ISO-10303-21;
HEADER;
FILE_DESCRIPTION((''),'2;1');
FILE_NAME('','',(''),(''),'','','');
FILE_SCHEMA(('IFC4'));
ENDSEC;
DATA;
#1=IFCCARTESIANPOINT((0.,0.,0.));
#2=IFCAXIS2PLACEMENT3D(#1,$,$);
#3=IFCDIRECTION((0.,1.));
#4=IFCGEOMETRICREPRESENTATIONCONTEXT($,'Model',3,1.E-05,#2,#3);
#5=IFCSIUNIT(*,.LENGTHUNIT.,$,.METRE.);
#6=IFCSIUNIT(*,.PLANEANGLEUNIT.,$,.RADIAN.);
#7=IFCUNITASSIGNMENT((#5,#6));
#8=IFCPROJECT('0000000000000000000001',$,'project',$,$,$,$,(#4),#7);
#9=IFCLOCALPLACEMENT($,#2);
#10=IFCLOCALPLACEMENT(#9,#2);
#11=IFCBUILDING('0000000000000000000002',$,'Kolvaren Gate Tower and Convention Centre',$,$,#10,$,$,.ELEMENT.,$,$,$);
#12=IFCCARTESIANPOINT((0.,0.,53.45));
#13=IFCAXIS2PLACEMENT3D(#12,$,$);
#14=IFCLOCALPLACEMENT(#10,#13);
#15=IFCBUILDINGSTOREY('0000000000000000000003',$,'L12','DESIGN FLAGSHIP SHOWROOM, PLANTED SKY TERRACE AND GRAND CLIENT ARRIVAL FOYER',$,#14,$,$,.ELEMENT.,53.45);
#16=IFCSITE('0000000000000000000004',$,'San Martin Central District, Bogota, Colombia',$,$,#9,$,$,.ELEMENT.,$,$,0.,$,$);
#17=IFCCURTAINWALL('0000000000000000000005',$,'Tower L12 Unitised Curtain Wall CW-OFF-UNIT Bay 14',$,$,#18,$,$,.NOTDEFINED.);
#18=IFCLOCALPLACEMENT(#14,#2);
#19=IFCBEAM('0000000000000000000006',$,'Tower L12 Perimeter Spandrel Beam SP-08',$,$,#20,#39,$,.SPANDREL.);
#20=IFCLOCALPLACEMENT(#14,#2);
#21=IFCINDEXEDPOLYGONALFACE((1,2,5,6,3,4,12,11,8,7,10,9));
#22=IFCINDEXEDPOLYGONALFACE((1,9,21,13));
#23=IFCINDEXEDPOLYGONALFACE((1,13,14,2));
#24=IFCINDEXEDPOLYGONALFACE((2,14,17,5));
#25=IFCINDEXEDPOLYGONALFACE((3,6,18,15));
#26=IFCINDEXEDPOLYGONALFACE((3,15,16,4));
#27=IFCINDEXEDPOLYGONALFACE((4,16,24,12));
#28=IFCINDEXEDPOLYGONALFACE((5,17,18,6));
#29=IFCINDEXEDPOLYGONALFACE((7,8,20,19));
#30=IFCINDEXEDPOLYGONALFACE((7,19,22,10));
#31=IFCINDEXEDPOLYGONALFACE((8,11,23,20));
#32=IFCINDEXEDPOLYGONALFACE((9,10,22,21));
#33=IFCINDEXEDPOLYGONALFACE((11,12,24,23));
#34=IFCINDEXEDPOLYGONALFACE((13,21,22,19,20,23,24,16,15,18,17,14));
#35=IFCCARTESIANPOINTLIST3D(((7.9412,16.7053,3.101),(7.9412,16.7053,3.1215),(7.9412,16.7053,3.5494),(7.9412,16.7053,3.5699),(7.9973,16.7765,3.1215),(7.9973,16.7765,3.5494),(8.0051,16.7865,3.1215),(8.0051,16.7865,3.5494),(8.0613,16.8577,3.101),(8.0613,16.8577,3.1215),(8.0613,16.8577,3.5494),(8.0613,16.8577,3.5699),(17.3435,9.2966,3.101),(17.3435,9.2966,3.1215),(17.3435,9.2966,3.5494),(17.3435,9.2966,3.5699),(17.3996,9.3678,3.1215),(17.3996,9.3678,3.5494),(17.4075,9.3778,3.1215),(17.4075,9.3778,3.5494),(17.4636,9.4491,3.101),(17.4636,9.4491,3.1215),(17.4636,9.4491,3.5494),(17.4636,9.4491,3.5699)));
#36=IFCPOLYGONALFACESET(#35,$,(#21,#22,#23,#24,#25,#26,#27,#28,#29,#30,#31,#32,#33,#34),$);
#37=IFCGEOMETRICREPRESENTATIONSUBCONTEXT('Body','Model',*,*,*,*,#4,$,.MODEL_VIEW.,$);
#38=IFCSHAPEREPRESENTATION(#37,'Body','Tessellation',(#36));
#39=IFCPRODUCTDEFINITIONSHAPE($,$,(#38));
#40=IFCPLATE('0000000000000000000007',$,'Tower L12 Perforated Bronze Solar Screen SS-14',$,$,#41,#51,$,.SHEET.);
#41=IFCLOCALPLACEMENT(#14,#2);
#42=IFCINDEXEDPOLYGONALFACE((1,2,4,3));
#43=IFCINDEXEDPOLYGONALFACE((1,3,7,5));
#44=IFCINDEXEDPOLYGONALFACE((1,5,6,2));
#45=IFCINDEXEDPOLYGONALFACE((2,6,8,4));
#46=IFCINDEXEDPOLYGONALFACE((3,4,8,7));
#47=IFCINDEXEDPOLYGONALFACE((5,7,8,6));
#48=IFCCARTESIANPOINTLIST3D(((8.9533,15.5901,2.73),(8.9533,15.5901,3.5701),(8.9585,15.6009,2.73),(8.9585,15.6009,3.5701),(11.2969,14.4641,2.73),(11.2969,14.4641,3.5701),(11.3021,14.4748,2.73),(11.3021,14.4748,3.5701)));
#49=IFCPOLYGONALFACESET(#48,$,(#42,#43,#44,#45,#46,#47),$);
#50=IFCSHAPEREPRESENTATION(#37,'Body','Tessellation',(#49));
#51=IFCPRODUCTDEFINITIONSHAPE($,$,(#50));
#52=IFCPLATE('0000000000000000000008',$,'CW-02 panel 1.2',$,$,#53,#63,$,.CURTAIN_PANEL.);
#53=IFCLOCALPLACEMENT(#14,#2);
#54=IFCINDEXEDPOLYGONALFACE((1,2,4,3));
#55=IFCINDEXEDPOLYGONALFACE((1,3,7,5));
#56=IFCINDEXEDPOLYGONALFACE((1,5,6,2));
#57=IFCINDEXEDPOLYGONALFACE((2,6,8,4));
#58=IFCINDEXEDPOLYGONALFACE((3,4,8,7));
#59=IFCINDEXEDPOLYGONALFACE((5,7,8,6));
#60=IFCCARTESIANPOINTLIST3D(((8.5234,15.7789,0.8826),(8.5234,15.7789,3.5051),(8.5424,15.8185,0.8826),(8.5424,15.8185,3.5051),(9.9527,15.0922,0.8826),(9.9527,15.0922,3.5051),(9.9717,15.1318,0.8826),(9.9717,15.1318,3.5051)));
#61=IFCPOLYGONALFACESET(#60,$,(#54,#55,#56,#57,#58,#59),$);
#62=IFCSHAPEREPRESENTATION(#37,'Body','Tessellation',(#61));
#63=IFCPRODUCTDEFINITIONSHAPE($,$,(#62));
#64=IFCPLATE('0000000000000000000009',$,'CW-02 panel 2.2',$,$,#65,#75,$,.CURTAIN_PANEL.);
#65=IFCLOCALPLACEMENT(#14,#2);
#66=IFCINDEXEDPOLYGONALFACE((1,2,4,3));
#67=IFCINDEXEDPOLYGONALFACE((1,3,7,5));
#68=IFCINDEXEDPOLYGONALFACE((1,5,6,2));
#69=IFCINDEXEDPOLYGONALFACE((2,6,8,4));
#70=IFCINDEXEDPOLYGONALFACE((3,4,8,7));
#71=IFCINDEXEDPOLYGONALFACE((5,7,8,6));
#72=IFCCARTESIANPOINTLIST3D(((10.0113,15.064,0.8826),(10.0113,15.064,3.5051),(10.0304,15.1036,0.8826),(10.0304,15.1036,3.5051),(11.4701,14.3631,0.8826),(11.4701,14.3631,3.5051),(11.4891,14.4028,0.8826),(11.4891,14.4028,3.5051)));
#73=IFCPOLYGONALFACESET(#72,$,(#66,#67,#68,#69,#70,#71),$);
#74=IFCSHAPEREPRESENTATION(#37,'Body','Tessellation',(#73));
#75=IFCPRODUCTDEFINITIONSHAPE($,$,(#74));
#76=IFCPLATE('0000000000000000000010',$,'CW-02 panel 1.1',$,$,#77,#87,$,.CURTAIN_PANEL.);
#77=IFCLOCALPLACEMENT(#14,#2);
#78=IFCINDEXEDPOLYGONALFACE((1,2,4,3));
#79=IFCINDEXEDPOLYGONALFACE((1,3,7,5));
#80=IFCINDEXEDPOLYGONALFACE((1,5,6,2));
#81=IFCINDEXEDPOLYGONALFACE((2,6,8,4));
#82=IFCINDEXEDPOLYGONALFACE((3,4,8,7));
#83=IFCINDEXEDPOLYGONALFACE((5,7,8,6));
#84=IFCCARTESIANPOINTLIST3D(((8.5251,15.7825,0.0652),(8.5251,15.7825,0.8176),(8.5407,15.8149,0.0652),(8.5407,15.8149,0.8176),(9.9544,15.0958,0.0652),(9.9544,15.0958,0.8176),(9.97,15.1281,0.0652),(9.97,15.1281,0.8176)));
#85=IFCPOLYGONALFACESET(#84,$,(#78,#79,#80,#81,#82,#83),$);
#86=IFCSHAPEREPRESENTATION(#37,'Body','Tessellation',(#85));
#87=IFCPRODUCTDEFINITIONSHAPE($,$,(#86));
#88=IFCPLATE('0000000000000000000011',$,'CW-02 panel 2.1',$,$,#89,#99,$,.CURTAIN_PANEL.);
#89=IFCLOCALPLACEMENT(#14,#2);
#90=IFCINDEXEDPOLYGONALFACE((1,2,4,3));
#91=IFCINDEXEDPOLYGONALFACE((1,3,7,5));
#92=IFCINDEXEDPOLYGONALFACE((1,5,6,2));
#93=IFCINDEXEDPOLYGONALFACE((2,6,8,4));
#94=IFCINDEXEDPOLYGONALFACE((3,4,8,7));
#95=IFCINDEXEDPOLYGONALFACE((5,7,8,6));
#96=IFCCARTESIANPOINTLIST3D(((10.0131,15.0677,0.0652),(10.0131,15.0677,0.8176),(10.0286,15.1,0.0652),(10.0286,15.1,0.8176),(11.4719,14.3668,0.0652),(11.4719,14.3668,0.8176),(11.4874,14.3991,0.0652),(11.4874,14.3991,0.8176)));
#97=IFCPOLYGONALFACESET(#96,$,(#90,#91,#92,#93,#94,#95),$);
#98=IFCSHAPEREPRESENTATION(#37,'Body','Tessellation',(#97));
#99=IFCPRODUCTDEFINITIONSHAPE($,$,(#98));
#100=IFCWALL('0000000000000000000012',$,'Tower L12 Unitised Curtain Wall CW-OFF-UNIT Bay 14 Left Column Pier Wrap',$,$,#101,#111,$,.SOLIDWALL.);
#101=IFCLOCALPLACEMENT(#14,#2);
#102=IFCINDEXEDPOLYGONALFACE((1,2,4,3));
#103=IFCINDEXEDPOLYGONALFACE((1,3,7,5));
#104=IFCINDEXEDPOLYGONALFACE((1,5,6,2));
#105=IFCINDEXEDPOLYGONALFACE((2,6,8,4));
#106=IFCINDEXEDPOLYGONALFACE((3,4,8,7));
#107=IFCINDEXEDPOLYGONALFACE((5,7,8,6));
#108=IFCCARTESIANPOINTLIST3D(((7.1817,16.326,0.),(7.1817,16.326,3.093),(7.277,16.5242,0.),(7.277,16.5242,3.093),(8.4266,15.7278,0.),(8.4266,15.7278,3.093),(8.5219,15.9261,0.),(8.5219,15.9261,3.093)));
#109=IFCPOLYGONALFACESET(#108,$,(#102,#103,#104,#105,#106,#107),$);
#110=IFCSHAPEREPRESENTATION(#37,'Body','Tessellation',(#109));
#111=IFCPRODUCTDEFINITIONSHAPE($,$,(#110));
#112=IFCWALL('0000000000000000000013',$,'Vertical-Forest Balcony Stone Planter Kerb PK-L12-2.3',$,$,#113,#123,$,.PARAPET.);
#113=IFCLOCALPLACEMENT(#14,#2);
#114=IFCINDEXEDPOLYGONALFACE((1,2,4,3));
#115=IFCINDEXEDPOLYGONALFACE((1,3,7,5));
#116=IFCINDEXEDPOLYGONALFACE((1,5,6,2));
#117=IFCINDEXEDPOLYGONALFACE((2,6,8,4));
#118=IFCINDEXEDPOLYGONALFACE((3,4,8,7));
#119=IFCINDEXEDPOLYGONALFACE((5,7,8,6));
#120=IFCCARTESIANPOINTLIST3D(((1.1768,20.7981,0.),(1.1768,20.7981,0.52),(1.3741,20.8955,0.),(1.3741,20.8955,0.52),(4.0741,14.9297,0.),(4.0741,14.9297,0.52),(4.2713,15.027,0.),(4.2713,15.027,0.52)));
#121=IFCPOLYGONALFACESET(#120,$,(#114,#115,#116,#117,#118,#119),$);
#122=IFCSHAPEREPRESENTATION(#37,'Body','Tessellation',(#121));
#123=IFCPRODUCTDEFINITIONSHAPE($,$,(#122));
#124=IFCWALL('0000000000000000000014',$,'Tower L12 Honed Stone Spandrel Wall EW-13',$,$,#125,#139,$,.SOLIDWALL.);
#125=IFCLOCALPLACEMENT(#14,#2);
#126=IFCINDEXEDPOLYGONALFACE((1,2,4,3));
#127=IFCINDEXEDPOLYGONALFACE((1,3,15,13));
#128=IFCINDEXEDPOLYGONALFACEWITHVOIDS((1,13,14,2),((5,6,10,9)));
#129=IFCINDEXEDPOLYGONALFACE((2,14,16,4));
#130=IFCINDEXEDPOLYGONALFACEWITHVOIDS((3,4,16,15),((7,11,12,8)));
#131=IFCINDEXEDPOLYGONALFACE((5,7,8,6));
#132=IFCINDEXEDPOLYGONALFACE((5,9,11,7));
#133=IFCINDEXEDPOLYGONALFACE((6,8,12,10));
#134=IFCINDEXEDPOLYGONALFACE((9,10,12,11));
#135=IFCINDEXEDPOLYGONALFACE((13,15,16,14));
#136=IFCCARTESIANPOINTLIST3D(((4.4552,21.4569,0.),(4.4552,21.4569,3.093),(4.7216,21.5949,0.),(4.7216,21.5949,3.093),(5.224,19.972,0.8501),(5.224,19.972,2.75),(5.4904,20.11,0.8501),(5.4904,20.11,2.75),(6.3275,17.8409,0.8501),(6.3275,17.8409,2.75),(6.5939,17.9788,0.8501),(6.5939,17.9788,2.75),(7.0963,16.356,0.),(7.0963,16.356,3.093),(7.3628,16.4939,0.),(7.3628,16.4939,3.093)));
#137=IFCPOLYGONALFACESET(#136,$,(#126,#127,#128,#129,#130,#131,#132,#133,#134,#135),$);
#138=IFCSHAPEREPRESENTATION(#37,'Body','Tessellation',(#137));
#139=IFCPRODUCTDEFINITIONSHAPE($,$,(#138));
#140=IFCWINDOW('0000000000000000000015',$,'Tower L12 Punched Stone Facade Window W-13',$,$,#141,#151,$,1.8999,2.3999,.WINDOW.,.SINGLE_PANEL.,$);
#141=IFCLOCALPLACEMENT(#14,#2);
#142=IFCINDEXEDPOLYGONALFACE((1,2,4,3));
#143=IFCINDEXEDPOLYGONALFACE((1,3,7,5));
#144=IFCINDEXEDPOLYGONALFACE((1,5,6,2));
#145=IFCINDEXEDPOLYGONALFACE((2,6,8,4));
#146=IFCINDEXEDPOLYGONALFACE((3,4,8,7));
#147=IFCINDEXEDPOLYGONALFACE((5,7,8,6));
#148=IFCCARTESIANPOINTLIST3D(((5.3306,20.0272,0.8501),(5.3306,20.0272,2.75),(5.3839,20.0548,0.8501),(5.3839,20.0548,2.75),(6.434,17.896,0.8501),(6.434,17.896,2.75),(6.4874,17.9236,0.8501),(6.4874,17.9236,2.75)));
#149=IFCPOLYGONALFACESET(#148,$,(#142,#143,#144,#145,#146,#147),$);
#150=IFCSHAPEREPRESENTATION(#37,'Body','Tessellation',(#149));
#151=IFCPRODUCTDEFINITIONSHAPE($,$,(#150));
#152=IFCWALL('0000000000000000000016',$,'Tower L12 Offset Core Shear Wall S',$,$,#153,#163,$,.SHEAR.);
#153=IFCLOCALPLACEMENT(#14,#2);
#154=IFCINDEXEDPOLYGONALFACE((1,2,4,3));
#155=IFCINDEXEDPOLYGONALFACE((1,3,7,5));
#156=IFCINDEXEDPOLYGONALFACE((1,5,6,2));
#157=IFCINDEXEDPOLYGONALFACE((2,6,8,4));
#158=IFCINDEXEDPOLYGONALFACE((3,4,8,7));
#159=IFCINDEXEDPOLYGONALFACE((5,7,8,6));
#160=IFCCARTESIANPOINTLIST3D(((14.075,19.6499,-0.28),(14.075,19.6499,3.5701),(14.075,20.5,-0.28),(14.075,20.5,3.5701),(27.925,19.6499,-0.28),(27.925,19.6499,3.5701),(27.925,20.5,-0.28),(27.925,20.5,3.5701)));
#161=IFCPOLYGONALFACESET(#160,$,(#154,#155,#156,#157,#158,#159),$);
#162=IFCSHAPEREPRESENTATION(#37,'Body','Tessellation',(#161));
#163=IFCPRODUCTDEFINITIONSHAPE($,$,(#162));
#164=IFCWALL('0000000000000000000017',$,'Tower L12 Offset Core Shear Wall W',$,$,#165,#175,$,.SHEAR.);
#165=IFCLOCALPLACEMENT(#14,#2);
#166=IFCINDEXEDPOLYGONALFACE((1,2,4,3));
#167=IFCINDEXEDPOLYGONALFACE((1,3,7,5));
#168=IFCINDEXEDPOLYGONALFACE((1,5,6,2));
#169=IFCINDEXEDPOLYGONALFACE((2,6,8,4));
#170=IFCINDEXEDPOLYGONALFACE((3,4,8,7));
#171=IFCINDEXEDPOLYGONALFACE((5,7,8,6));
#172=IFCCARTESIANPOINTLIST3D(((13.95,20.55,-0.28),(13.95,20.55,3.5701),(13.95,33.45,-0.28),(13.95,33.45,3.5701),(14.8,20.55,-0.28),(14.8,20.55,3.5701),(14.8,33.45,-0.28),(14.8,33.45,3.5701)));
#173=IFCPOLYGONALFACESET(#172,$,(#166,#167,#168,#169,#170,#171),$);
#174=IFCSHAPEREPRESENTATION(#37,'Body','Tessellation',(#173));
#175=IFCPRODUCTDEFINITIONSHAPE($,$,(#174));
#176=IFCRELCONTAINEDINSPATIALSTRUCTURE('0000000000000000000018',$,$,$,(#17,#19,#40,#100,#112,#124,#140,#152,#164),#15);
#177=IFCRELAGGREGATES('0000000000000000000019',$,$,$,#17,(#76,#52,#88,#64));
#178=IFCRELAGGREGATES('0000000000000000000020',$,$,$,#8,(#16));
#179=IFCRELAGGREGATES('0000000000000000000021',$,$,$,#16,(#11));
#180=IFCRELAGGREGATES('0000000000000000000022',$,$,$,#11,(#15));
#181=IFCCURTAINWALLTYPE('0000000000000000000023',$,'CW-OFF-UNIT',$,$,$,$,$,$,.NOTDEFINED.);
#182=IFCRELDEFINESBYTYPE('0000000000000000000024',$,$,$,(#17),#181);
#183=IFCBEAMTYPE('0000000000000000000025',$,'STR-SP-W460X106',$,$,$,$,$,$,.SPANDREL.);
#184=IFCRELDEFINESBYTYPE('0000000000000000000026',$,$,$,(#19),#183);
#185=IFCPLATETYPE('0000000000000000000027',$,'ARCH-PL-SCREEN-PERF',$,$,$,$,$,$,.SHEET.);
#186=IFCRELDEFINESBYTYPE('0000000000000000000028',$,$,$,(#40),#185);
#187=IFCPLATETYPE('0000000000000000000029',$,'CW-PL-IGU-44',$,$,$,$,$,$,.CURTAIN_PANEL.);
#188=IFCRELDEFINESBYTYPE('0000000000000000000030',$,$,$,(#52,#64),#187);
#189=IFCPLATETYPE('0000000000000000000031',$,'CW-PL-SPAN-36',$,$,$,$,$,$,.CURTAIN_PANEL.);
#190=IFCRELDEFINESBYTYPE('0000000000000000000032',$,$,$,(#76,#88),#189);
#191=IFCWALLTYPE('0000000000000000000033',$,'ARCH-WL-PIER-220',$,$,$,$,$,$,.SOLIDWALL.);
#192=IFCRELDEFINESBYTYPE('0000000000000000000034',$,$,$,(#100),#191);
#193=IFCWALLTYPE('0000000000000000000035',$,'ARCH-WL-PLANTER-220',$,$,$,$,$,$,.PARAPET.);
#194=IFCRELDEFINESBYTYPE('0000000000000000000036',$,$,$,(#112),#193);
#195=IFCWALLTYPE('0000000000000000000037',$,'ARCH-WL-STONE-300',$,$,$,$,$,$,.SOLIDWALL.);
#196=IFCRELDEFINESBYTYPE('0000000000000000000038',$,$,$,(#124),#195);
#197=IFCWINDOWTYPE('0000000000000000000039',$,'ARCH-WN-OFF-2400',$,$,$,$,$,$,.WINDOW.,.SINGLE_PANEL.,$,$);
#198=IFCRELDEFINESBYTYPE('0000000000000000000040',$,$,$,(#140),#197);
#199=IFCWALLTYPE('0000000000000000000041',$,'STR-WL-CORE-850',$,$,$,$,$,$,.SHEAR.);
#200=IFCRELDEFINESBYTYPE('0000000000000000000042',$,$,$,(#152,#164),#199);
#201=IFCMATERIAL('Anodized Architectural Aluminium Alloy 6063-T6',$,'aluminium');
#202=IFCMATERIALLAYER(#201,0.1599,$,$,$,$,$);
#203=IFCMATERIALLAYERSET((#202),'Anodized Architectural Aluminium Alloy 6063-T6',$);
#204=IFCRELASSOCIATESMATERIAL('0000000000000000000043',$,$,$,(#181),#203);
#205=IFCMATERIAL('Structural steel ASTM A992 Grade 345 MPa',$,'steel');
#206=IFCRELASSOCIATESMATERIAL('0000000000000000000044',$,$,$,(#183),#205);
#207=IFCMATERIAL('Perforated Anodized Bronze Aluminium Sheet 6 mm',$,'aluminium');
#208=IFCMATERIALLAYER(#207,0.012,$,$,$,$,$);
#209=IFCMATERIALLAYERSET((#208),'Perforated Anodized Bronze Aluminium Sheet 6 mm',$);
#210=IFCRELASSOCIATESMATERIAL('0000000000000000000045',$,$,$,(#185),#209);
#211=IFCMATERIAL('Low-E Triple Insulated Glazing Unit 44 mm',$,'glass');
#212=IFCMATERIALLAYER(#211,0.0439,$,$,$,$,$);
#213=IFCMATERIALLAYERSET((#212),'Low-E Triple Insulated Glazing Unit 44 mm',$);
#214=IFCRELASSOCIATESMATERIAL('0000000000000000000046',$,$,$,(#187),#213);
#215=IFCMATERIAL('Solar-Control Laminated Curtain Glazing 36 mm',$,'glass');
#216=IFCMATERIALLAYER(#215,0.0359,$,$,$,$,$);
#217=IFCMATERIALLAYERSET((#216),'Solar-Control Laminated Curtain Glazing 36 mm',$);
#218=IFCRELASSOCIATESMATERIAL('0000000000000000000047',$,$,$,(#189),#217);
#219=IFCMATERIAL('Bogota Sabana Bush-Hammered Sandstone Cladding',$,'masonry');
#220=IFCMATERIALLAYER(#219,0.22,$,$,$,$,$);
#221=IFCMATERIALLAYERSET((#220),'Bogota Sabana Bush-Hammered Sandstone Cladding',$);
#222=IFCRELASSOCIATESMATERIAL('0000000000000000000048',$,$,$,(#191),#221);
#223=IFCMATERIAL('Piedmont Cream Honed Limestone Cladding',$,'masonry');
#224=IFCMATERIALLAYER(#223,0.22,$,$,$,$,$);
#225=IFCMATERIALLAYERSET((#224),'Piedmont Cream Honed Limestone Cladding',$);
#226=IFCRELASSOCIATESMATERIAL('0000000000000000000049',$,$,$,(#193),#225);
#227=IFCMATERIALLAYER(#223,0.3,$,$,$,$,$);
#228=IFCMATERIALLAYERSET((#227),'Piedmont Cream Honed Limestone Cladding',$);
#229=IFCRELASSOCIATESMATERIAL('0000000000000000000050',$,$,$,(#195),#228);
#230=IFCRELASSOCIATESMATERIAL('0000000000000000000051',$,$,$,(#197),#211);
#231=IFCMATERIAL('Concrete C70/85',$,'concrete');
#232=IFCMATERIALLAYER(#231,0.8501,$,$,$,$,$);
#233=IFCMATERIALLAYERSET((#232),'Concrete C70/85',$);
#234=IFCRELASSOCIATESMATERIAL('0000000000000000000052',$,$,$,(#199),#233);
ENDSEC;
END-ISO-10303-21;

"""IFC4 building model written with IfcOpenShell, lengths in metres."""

from ifc_helpers import new_model, si_unit, direction, frame, frame_2d, origin, origin_2d, place, context, subcontext, project, spatial, rectangle, i_section, extrude, material, layer, layer_set, material_profile, profile_set, type_object, element, fill, aggregate, save


model = new_model("IFC4")

# Units and contexts
model_context = context("Model", 3, precision=1e-05, world=origin(), true_north=direction((0.0, 1.0)))
body_context = subcontext(model_context, "Body", "Model", "MODEL_VIEW")
ifc_project = project(units=[si_unit("LENGTHUNIT", "METRE"), si_unit("PLANEANGLEUNIT", "RADIAN")], contexts=[model_context])

# Site, building, storey
site_placement = place(None, origin())
site = spatial("IfcSite", under=ifc_project, at=site_placement, Name="San Martin Central District, Bogota, Colombia", CompositionType="ELEMENT", RefElevation=0.0)
building_placement = place(site_placement, origin())
building = spatial("IfcBuilding", under=site, at=building_placement, Name="Kolvaren Gate Tower and Convention Centre", CompositionType="ELEMENT")
storey_placement = place(building_placement, frame((0.0, 0.0, 53.45)))
storey = spatial("IfcBuildingStorey", under=building, at=storey_placement, Name="L12", Description="DESIGN FLAGSHIP SHOWROOM, PLANTED SKY TERRACE AND GRAND CLIENT ARRIVAL FOYER", CompositionType="ELEMENT", Elevation=53.45)

# Shared definitions
ifc_material_1 = material(Name="Concrete C70/85", Category="concrete")

# Curtain wall
ifc_material_2 = material(Name="Anodized Architectural Aluminium Alloy 6063-T6", Category="aluminium")
ifc_layer_1 = layer(ifc_material_2, 0.1599)
ifc_layer_set_1 = layer_set([ifc_layer_1], Name="Anodized Architectural Aluminium Alloy 6063-T6")
curtain_wall_type = type_object("IfcCurtainWallType", Name="CW-OFF-UNIT", PredefinedType="NOTDEFINED", material=ifc_layer_set_1)
curtain_wall_placement = place(storey_placement, origin())
curtain_wall = element("IfcCurtainWall", 1, at=curtain_wall_placement, inside=storey, type_object=curtain_wall_type, Name="Tower L12 Unitised Curtain Wall CW-OFF-UNIT Bay 14", PredefinedType="NOTDEFINED")

# Beam
ifc_material_3 = material(Name="Structural steel ASTM A992 Grade 345 MPa", Category="steel")
ifc_material_profile_1 = material_profile(ifc_material_3, i_section(OverallWidth=0.1941, OverallDepth=0.469, WebThickness=0.0127, FlangeThickness=0.0205, at=origin_2d()), Name="W460X106")
ifc_profile_set_1 = profile_set([ifc_material_profile_1], Name="Structural steel ASTM A992 Grade 345 MPa")
beam_type_1 = type_object("IfcBeamType", Name="STR-SP-W460X106", PredefinedType="SPANDREL", material=ifc_profile_set_1)
beam_1_placement = place(storey_placement, frame((8.0012, 16.7815, 3.3354), z_axis=(0.78546, -0.618913, 0.0), x_axis=(0.618913, 0.78546, 0.0)))
element("IfcBeam", 2, at=beam_1_placement, inside=storey, type_object=beam_type_1, Name="Tower L12 Perimeter Spandrel Beam SP-08", PredefinedType="SPANDREL", context=body_context, shape_type="SweptSolid", body=[
    extrude(i_section(OverallWidth=0.1941, OverallDepth=0.469, WebThickness=0.0127, FlangeThickness=0.0205, at=origin_2d()), origin(), (0.0, 0.0, 1.0), 11.9705),
])

# Plates
ifc_material_4 = material(Name="Perforated Anodized Bronze Aluminium Sheet 6 mm", Category="aluminium")
ifc_layer_2 = layer(ifc_material_4, 0.012)
ifc_layer_set_2 = layer_set([ifc_layer_2], Name="Perforated Anodized Bronze Aluminium Sheet 6 mm")
plate_type_1 = type_object("IfcPlateType", Name="ARCH-PL-SCREEN-PERF", PredefinedType="SHEET", material=ifc_layer_set_2)
plate_1_placement = place(storey_placement, frame((10.1277, 15.0325, 2.73), z_axis=(0.0, 0.0, 1.0), x_axis=(0.901358, -0.433076, 0.0)))
element("IfcPlate", 3, at=plate_1_placement, inside=storey, type_object=plate_type_1, Name="Tower L12 Perforated Bronze Solar Screen SS-14", PredefinedType="SHEET", context=body_context, shape_type="SweptSolid", body=[
    extrude(rectangle(XDim=2.6001, YDim=0.012, at=origin_2d()), origin(), (0.0, 0.0, 1.0), 0.8401),
])
ifc_material_5 = material(Name="Low-E Triple Insulated Glazing Unit 44 mm", Category="glass")
ifc_layer_3 = layer(ifc_material_5, 0.0439)
ifc_layer_set_3 = layer_set([ifc_layer_3], Name="Low-E Triple Insulated Glazing Unit 44 mm")
plate_type_2 = type_object("IfcPlateType", Name="CW-PL-IGU-44", PredefinedType="CURTAIN_PANEL", material=ifc_layer_set_3)
plate_2_placement = place(storey_placement, frame((9.2476, 15.4553, 0.8826), z_axis=(0.0, 0.0, 1.0), x_axis=(0.901358, -0.433075, 0.0)))
plate_2 = element("IfcPlate", 4, at=plate_2_placement, type_object=plate_type_2, Name="CW-02 panel 1.2", PredefinedType="CURTAIN_PANEL", context=body_context, shape_type="SweptSolid", body=[
    extrude(rectangle(XDim=1.5857, YDim=0.0439, at=origin_2d()), origin(), (0.0, 0.0, 1.0), 2.6226),
])
plate_3_placement = place(storey_placement, frame((10.7502, 14.7334, 0.8826), z_axis=(0.0, 0.0, 1.0), x_axis=(0.901358, -0.433075, 0.0)))
plate_3 = element("IfcPlate", 5, at=plate_3_placement, type_object=plate_type_2, Name="CW-02 panel 2.2", PredefinedType="CURTAIN_PANEL", context=body_context, shape_type="SweptSolid", body=[
    extrude(rectangle(XDim=1.6184, YDim=0.0439, at=origin_2d()), origin(), (0.0, 0.0, 1.0), 2.6226),
])
ifc_material_6 = material(Name="Solar-Control Laminated Curtain Glazing 36 mm", Category="glass")
ifc_layer_4 = layer(ifc_material_6, 0.0359)
ifc_layer_set_4 = layer_set([ifc_layer_4], Name="Solar-Control Laminated Curtain Glazing 36 mm")
plate_type_3 = type_object("IfcPlateType", Name="CW-PL-SPAN-36", PredefinedType="CURTAIN_PANEL", material=ifc_layer_set_4)
plate_4_placement = place(storey_placement, frame((9.2476, 15.4553, 0.0652), z_axis=(0.0, 0.0, 1.0), x_axis=(0.901358, -0.433075, 0.0)))
plate_4 = element("IfcPlate", 6, at=plate_4_placement, type_object=plate_type_3, Name="CW-02 panel 1.1", PredefinedType="CURTAIN_PANEL", context=body_context, shape_type="SweptSolid", body=[
    extrude(rectangle(XDim=1.5857, YDim=0.0359, at=origin_2d()), origin(), (0.0, 0.0, 1.0), 0.7524),
])
plate_5_placement = place(storey_placement, frame((10.7502, 14.7334, 0.0652), z_axis=(0.0, 0.0, 1.0), x_axis=(0.901358, -0.433075, 0.0)))
plate_5 = element("IfcPlate", 7, at=plate_5_placement, type_object=plate_type_3, Name="CW-02 panel 2.1", PredefinedType="CURTAIN_PANEL", context=body_context, shape_type="SweptSolid", body=[
    extrude(rectangle(XDim=1.6184, YDim=0.0359, at=origin_2d()), origin(), (0.0, 0.0, 1.0), 0.7524),
])
aggregate(curtain_wall, [plate_4, plate_2, plate_5, plate_3])

# Walls
ifc_material_7 = material(Name="Bogota Sabana Bush-Hammered Sandstone Cladding", Category="masonry")
ifc_layer_5 = layer(ifc_material_7, 0.22)
ifc_layer_set_5 = layer_set([ifc_layer_5], Name="Bogota Sabana Bush-Hammered Sandstone Cladding")
wall_type_1 = type_object("IfcWallType", Name="ARCH-WL-PIER-220", PredefinedType="SOLIDWALL", material=ifc_layer_set_5)
wall_1_placement = place(storey_placement, frame((7.2295, 16.425, 0.0), z_axis=(0.0, 0.0, 1.0), x_axis=(0.901352, -0.433087, 0.0)))
element("IfcWall", 8, at=wall_1_placement, inside=storey, type_object=wall_type_1, Name="Tower L12 Unitised Curtain Wall CW-OFF-UNIT Bay 14 Left Column Pier Wrap", PredefinedType="SOLIDWALL", context=body_context, shape_type="SweptSolid", body=[
    extrude(rectangle(XDim=1.3811, YDim=0.22, at=frame_2d((0.6904, 0.0))), origin(), (0.0, 0.0, 1.0), 3.093),
])
ifc_material_8 = material(Name="Piedmont Cream Honed Limestone Cladding", Category="masonry")
ifc_layer_6 = layer(ifc_material_8, 0.22)
ifc_layer_set_6 = layer_set([ifc_layer_6], Name="Piedmont Cream Honed Limestone Cladding")
wall_type_2 = type_object("IfcWallType", Name="ARCH-WL-PLANTER-220", PredefinedType="PARAPET", material=ifc_layer_set_6)
wall_2_placement = place(storey_placement, frame((1.2754, 20.8469, 0.0), z_axis=(0.0, 0.0, 1.0), x_axis=(0.442687, -0.896676, 0.0)))
element("IfcWall", 9, at=wall_2_placement, inside=storey, type_object=wall_type_2, Name="Vertical-Forest Balcony Stone Planter Kerb PK-L12-2.3", PredefinedType="PARAPET", context=body_context, shape_type="SweptSolid", body=[
    extrude(rectangle(XDim=6.5447, YDim=0.22, at=frame_2d((3.2725, 0.0))), origin(), (0.0, 0.0, 1.0), 0.52),
])

# Wall, opening, window
ifc_layer_7 = layer(ifc_material_8, 0.3)
ifc_layer_set_7 = layer_set([ifc_layer_7], Name="Piedmont Cream Honed Limestone Cladding")
wall_type_3 = type_object("IfcWallType", Name="ARCH-WL-STONE-300", PredefinedType="SOLIDWALL", material=ifc_layer_set_7)
wall_3_placement = place(storey_placement, frame((4.5884, 21.5259, 0.0), z_axis=(0.0, 0.0, 1.0), x_axis=(0.459801, -0.888022, 0.0)))
wall_3 = element("IfcWall", 10, at=wall_3_placement, inside=storey, type_object=wall_type_3, Name="Tower L12 Honed Stone Spandrel Wall EW-13", PredefinedType="SOLIDWALL", context=body_context, shape_type="SweptSolid", body=[
    extrude(rectangle(XDim=5.7441, YDim=0.3, at=frame_2d((2.8721, 0.0))), origin(), (0.0, 0.0, 1.0), 3.093),
])
opening_placement = place(wall_3_placement, frame((1.6721, 0.0, 0.8501)))
opening = element("IfcOpeningElement", 11, at=opening_placement, cuts=wall_3, PredefinedType="OPENING", context=body_context, shape_type="SweptSolid", body=[
    extrude(rectangle(XDim=2.3999, YDim=1.8999, at=frame_2d((1.2, 0.95))), frame((0.0, 0.1599, 0.0), z_axis=(0.0, -1.0, 0.0), x_axis=(1.0, 0.0, 0.0)), (0.0, 0.0, 1.0), 0.3201),
])
window_type = type_object("IfcWindowType", Name="ARCH-WN-OFF-2400", PartitioningType="SINGLE_PANEL", PredefinedType="WINDOW", material=ifc_material_5)
window_placement = place(opening_placement, origin())
window = element("IfcWindow", 12, at=window_placement, inside=storey, type_object=window_type, Name="Tower L12 Punched Stone Facade Window W-13", OverallHeight=1.8999, OverallWidth=2.3999, PartitioningType="SINGLE_PANEL", PredefinedType="WINDOW", context=body_context, shape_type="SweptSolid", body=[
    extrude(rectangle(XDim=2.3999, YDim=1.8999, at=frame_2d((1.2, 0.95))), frame((0.0, 0.03, 0.0), z_axis=(0.0, -1.0, 0.0), x_axis=(1.0, 0.0, 0.0)), (0.0, 0.0, 1.0), 0.0601),
])
fill(opening, window)

# Walls
ifc_layer_8 = layer(ifc_material_1, 0.8501)
ifc_layer_set_8 = layer_set([ifc_layer_8], Name="Concrete C70/85")
wall_type_4 = type_object("IfcWallType", Name="STR-WL-CORE-850", PredefinedType="SHEAR", material=ifc_layer_set_8)
wall_4_placement = place(storey_placement, frame((14.075, 20.075, -0.28), z_axis=(0.0, 0.0, 1.0), x_axis=(1.0, 0.0, 0.0)))
element("IfcWall", 13, at=wall_4_placement, inside=storey, type_object=wall_type_4, Name="Tower L12 Offset Core Shear Wall S", PredefinedType="SHEAR", context=body_context, shape_type="SweptSolid", body=[
    extrude(rectangle(XDim=13.8501, YDim=0.8501, at=frame_2d((6.925, 0.0))), origin(), (0.0, 0.0, 1.0), 3.8501),
])
wall_5_placement = place(storey_placement, frame((14.375, 20.55, -0.28), z_axis=(0.0, 0.0, 1.0), x_axis=(0.0, 1.0, 0.0)))
element("IfcWall", 14, at=wall_5_placement, inside=storey, type_object=wall_type_4, Name="Tower L12 Offset Core Shear Wall W", PredefinedType="SHEAR", context=body_context, shape_type="SweptSolid", body=[
    extrude(rectangle(XDim=12.8999, YDim=0.8501, at=frame_2d((6.45, 0.0))), origin(), (0.0, 0.0, 1.0), 3.8501),
])

save(model, "model.ifc")
